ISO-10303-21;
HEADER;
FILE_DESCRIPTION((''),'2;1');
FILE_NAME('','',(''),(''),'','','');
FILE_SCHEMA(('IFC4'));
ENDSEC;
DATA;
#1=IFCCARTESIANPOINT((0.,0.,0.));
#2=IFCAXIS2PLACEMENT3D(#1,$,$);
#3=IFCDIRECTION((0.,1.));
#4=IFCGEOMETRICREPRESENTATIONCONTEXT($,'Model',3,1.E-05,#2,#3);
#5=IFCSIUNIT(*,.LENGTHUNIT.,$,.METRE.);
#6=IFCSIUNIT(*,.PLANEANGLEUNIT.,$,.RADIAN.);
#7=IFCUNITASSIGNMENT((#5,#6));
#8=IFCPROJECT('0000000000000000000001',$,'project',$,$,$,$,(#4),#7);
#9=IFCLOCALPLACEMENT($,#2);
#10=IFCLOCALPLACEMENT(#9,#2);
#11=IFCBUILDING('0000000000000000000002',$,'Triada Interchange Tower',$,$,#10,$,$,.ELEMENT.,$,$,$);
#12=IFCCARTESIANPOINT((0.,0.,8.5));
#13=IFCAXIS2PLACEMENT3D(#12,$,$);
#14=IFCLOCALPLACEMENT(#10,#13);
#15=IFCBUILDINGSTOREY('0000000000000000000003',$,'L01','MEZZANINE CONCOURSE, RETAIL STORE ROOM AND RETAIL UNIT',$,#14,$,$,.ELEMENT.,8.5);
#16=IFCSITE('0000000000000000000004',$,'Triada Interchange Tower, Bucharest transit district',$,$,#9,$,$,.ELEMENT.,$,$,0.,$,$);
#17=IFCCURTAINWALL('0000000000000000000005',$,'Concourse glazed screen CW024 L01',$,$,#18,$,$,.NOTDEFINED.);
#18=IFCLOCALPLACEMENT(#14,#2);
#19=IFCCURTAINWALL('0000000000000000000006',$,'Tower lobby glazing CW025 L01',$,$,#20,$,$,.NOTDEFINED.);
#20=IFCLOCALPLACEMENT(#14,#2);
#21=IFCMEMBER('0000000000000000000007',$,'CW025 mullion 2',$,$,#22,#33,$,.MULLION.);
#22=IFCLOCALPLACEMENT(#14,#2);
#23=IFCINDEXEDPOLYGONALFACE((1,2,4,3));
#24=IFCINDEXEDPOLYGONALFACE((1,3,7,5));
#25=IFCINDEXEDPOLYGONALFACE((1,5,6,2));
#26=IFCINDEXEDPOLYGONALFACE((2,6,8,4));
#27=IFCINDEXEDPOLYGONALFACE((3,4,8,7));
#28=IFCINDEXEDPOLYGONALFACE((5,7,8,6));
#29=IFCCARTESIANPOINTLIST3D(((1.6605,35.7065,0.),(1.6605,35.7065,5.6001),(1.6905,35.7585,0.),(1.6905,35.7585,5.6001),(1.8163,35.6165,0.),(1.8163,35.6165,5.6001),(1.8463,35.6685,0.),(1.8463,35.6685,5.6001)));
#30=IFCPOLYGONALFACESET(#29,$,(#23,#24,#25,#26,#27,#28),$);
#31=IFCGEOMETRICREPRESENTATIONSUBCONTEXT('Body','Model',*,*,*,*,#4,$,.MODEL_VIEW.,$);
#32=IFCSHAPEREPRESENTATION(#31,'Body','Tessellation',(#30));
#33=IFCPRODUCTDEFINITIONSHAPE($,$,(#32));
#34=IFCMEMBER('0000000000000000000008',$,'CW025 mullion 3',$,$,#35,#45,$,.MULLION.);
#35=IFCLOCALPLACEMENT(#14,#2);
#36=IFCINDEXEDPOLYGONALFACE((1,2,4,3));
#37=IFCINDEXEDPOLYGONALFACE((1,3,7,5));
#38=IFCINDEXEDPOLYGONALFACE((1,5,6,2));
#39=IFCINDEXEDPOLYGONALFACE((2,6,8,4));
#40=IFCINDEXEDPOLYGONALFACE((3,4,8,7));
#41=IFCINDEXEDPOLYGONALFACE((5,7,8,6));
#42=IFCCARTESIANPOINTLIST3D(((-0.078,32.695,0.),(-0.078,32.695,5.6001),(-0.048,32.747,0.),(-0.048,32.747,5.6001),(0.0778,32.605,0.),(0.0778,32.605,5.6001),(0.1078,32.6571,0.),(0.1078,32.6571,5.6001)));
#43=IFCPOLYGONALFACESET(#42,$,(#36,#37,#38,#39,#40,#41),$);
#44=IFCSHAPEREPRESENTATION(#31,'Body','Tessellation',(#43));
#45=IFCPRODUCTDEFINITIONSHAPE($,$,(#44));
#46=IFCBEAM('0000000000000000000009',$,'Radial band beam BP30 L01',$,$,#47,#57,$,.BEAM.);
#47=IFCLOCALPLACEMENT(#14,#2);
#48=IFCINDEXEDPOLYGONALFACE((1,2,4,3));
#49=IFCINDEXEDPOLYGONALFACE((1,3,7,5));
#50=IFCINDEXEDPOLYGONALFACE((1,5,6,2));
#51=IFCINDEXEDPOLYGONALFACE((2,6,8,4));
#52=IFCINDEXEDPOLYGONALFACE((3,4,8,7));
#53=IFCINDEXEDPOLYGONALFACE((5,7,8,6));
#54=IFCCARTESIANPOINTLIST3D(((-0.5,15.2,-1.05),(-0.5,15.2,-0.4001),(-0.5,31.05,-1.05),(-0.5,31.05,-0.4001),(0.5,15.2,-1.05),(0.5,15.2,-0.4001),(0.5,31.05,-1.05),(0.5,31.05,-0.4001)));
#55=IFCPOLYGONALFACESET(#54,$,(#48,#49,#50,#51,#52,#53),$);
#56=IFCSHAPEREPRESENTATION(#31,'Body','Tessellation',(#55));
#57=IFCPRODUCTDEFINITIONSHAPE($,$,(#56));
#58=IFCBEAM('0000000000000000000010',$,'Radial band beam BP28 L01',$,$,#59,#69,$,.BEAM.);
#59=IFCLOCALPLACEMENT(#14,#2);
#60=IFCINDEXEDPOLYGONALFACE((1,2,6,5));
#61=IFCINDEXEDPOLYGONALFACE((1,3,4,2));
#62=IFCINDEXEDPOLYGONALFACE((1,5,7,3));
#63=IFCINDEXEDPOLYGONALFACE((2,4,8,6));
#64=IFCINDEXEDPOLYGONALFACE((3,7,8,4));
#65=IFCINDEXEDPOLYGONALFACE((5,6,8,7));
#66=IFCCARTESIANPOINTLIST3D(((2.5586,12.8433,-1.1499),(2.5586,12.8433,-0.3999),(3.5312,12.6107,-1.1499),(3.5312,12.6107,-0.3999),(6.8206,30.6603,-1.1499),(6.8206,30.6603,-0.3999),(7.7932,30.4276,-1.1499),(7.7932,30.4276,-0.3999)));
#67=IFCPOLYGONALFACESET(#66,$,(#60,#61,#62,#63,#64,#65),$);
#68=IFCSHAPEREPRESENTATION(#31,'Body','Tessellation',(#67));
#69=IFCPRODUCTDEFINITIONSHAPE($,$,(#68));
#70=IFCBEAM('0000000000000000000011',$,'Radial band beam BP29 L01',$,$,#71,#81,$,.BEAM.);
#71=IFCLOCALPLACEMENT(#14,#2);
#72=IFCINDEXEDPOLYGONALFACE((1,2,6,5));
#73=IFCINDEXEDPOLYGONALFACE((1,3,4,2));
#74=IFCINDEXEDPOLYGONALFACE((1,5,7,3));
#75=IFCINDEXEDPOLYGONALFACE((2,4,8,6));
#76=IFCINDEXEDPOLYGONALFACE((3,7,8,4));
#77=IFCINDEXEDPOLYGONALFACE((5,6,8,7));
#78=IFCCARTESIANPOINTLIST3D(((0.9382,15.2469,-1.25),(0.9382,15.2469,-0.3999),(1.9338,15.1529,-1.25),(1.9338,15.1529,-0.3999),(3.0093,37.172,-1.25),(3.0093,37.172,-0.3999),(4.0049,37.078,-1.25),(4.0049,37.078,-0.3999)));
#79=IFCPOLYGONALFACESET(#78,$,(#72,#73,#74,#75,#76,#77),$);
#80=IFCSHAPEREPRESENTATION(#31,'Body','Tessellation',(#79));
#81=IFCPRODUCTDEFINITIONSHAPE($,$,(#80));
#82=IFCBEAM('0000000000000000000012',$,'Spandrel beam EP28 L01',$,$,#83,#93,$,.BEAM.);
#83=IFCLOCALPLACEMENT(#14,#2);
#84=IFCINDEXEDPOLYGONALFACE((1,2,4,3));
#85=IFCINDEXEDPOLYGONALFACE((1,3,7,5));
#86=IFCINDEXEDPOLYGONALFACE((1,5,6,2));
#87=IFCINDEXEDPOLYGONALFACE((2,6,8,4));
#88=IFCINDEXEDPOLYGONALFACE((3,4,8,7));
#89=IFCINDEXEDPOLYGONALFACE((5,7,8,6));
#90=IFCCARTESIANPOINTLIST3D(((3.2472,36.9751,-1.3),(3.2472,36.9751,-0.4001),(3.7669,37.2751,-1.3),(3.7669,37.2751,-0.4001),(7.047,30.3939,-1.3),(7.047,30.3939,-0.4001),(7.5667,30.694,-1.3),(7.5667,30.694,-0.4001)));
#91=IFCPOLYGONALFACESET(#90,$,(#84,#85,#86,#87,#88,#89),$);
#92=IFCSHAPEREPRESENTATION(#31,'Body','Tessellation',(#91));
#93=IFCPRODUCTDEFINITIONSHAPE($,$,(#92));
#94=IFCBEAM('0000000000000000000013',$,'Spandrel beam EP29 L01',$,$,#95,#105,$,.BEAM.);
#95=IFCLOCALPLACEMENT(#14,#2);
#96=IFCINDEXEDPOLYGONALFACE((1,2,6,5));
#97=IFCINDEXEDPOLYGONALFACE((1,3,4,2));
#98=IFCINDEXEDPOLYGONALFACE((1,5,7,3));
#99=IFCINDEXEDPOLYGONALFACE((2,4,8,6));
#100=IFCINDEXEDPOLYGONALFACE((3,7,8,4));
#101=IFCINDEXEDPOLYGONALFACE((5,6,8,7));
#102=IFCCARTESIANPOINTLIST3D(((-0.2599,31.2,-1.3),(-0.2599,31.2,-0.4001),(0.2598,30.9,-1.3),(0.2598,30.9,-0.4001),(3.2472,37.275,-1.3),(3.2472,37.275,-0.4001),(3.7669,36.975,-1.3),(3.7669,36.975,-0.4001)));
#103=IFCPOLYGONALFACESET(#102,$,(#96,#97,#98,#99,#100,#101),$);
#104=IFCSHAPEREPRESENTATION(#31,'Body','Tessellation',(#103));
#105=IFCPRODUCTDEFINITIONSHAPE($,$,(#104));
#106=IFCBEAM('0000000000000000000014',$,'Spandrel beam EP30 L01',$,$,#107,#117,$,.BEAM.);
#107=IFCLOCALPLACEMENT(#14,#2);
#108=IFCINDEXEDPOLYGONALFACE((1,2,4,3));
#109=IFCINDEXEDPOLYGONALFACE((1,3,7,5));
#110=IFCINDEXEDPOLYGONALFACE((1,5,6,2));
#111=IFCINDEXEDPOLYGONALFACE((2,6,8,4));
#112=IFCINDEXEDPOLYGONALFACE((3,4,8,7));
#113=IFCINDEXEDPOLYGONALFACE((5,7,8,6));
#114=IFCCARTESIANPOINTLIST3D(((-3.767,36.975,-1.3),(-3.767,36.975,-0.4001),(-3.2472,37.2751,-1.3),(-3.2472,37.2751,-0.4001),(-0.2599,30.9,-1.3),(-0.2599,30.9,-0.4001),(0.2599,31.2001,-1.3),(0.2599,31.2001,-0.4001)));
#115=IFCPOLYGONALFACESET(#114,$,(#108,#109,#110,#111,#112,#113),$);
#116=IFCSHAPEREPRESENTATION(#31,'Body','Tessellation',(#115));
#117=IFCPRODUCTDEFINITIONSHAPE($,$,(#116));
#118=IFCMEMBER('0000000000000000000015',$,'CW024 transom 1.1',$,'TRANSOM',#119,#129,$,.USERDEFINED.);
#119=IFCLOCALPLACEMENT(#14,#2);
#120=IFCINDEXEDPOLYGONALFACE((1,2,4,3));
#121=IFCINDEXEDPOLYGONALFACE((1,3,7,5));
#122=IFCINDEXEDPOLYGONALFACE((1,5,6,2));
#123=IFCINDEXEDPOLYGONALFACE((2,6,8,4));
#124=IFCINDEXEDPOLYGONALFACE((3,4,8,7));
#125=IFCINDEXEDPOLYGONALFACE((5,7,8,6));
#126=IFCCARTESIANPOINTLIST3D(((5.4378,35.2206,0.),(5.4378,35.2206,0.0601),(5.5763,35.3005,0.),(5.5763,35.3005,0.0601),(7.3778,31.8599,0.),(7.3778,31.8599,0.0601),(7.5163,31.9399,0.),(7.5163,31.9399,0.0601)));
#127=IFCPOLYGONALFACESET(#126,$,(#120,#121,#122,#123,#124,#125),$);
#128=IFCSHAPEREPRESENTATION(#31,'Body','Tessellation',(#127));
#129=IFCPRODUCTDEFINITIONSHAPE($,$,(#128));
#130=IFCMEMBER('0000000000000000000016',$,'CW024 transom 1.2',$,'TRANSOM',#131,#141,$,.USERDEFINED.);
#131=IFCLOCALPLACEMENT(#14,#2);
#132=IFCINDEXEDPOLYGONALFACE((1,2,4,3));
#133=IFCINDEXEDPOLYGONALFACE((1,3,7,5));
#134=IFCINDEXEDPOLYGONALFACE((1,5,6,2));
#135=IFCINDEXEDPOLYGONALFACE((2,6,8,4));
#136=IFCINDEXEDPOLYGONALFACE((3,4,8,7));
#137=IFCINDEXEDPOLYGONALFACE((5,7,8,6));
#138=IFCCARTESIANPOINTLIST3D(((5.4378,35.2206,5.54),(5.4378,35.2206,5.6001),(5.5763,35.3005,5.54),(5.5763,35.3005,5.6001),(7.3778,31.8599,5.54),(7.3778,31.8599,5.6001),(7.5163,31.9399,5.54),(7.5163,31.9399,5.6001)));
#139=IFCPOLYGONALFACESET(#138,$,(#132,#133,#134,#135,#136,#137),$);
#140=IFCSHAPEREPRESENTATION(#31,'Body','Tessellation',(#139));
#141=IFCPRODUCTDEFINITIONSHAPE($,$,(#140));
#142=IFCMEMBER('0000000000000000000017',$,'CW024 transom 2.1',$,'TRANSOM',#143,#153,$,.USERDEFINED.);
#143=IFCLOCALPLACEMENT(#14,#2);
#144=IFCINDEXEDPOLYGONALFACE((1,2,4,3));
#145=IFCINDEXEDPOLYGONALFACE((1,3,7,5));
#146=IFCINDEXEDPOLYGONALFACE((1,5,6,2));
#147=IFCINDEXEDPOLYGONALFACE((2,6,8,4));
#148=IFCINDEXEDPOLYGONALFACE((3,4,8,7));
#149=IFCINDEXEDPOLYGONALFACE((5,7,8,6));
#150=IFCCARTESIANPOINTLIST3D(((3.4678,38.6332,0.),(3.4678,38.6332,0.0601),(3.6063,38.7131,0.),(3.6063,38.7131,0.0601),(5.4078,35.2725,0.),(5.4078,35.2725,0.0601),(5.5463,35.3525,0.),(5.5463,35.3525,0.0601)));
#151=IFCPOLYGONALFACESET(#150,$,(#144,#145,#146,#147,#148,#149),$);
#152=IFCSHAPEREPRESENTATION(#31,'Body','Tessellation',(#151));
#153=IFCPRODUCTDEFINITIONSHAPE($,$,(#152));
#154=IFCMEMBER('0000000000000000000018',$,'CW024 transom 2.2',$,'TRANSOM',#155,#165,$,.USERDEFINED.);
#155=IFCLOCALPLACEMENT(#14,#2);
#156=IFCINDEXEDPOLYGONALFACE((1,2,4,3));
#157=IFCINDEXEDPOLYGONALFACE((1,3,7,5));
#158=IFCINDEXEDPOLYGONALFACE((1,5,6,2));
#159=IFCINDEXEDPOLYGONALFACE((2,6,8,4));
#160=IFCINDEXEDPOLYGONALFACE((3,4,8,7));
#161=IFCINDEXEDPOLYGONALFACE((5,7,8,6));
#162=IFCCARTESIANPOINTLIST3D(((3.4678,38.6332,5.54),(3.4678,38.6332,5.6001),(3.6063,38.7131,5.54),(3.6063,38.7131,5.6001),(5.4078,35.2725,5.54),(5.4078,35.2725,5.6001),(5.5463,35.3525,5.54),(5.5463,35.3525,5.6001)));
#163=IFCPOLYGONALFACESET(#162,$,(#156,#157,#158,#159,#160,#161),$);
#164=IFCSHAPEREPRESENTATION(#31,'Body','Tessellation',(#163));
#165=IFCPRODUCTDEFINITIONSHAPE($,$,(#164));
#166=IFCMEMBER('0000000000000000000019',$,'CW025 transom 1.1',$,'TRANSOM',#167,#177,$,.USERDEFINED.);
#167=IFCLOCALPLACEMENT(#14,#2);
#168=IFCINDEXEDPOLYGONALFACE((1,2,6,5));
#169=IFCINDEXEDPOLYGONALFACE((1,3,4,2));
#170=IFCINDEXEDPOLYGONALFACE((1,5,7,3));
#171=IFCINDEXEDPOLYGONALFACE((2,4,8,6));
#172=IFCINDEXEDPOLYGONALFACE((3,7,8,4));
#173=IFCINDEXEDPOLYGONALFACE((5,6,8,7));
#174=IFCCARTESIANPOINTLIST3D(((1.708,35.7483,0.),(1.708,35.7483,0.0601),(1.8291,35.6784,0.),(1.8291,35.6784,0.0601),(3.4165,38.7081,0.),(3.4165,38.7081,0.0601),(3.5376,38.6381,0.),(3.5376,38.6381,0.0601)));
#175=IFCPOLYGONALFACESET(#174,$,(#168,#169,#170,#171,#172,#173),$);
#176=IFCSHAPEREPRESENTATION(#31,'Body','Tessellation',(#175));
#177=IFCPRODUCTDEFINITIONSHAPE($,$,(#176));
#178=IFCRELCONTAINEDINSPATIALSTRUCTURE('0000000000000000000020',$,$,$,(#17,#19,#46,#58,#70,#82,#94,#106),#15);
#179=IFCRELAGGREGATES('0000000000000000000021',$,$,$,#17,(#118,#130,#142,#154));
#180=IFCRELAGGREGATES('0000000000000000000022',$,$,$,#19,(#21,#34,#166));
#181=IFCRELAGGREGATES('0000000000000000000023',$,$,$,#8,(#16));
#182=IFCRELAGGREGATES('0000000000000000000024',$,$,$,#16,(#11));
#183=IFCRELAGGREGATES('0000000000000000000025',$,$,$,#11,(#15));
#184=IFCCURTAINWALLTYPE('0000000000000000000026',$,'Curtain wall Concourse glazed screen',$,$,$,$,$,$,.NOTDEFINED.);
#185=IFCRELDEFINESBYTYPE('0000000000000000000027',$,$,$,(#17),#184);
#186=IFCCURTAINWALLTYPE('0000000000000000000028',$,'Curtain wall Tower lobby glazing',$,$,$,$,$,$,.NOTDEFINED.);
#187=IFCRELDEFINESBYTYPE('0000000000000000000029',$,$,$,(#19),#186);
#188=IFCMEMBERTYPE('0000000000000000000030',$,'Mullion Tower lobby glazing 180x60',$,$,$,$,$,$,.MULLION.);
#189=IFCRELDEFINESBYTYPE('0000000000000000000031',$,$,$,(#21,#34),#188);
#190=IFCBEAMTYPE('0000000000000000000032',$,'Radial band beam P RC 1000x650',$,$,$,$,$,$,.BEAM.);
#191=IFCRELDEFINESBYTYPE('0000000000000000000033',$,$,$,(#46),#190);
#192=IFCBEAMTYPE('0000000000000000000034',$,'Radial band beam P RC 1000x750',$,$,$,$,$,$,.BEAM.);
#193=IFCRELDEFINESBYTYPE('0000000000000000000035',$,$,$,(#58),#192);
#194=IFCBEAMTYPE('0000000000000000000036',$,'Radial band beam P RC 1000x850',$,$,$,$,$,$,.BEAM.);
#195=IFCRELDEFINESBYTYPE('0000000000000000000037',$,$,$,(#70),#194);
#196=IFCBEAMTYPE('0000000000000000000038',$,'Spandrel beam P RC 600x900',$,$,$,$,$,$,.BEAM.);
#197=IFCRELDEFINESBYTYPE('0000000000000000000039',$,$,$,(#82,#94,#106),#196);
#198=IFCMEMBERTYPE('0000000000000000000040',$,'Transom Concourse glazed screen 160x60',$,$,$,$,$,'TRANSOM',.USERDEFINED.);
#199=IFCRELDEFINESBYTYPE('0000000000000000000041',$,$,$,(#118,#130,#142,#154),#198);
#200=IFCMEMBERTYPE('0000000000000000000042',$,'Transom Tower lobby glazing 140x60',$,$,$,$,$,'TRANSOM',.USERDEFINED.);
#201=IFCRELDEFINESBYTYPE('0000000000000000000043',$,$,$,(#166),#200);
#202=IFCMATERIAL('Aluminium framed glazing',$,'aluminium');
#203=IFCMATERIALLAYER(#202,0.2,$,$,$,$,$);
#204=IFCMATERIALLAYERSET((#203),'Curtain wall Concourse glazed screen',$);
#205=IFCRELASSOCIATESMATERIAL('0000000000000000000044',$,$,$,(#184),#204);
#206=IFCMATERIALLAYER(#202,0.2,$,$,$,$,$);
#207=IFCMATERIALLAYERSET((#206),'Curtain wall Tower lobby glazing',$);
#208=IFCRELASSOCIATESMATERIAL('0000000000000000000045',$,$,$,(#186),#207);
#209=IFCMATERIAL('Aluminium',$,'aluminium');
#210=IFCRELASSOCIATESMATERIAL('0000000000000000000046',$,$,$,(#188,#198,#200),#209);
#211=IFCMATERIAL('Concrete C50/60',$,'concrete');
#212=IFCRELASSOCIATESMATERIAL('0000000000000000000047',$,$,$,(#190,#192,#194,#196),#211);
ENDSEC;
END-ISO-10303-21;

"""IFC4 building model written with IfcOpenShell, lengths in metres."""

from ifc_helpers import new_model, si_unit, direction, frame, origin, origin_2d, place, context, subcontext, project, spatial, rectangle, extrude, material, layer, layer_set, material_profile, profile_set, type_object, element, aggregate, save


model = new_model("IFC4")

# Units and contexts
model_context = context("Model", 3, precision=1e-05, world=origin(), true_north=direction((0.0, 1.0)))
body_context = subcontext(model_context, "Body", "Model", "MODEL_VIEW")
ifc_project = project(units=[si_unit("LENGTHUNIT", "METRE"), si_unit("PLANEANGLEUNIT", "RADIAN")], contexts=[model_context])

# Site, building, storey
site_placement = place(None, origin())
site = spatial("IfcSite", under=ifc_project, at=site_placement, Name="Triada Interchange Tower, Bucharest transit district", CompositionType="ELEMENT", RefElevation=0.0)
building_placement = place(site_placement, origin())
building = spatial("IfcBuilding", under=site, at=building_placement, Name="Triada Interchange Tower", CompositionType="ELEMENT")
storey_placement = place(building_placement, frame((0.0, 0.0, 8.5)))
storey = spatial("IfcBuildingStorey", under=building, at=storey_placement, Name="L01", Description="MEZZANINE CONCOURSE, RETAIL STORE ROOM AND RETAIL UNIT", CompositionType="ELEMENT", Elevation=8.5)

# Shared definitions
ifc_material_1 = material(Name="Aluminium framed glazing", Category="aluminium")
ifc_layer_1 = layer(ifc_material_1, 0.2)
ifc_layer_set_1 = layer_set([ifc_layer_1], Name="Curtain wall Concourse glazed screen")
curtain_wall_type_1 = type_object("IfcCurtainWallType", Name="Curtain wall Concourse glazed screen", PredefinedType="NOTDEFINED", material=ifc_layer_set_1)
ifc_material_2 = material(Name="Aluminium", Category="aluminium")

# Curtain walls, members
curtain_wall_1_placement = place(storey_placement, origin())
curtain_wall_1 = element("IfcCurtainWall", 1, at=curtain_wall_1_placement, inside=storey, type_object=curtain_wall_type_1, Name="Concourse glazed screen CW024 L01", PredefinedType="NOTDEFINED")
ifc_layer_2 = layer(ifc_material_1, 0.2)
ifc_layer_set_2 = layer_set([ifc_layer_2], Name="Curtain wall Tower lobby glazing")
curtain_wall_type_2 = type_object("IfcCurtainWallType", Name="Curtain wall Tower lobby glazing", PredefinedType="NOTDEFINED", material=ifc_layer_set_2)
curtain_wall_2_placement = place(storey_placement, origin())
curtain_wall_2 = element("IfcCurtainWall", 2, at=curtain_wall_2_placement, inside=storey, type_object=curtain_wall_type_2, Name="Tower lobby glazing CW025 L01", PredefinedType="NOTDEFINED")
ifc_material_profile_1 = material_profile(ifc_material_2, rectangle(XDim=0.1799, YDim=0.0601, at=origin_2d()), Name="Aluminium mullion")
ifc_profile_set_1 = profile_set([ifc_material_profile_1], Name="Aluminium")
member_type_1 = type_object("IfcMemberType", Name="Mullion Tower lobby glazing 180x60", PredefinedType="MULLION", material=ifc_profile_set_1)
member_1_placement = place(storey_placement, frame((1.7534, 35.6875, 0.0), z_axis=(0.0, 0.0, 1.0), x_axis=(0.86605, -0.499957, 0.0)))
member_1 = element("IfcMember", 3, at=member_1_placement, type_object=member_type_1, Name="CW025 mullion 2", PredefinedType="MULLION", context=body_context, shape_type="SweptSolid", body=[
    extrude(rectangle(XDim=0.1799, YDim=0.0601, at=origin_2d()), origin(), (0.0, 0.0, 1.0), 5.6001),
])
member_2_placement = place(storey_placement, frame((0.0149, 32.676, 0.0), z_axis=(0.0, 0.0, 1.0), x_axis=(0.86605, -0.499957, 0.0)))
member_2 = element("IfcMember", 4, at=member_2_placement, type_object=member_type_1, Name="CW025 mullion 3", PredefinedType="MULLION", context=body_context, shape_type="SweptSolid", body=[
    extrude(rectangle(XDim=0.1799, YDim=0.0601, at=origin_2d()), origin(), (0.0, 0.0, 1.0), 5.6001),
])

# Beams
ifc_material_3 = material(Name="Concrete C50/60", Category="concrete")
ifc_material_profile_2 = material_profile(ifc_material_3, rectangle(XDim=1.0, YDim=0.6499, at=origin_2d()), Name="RC 1000x650")
ifc_profile_set_2 = profile_set([ifc_material_profile_2], Name="Concrete C50/60")
beam_type_1 = type_object("IfcBeamType", Name="Radial band beam P RC 1000x650", PredefinedType="BEAM", material=ifc_profile_set_2)
beam_1_placement = place(storey_placement, frame((0.0, 31.05, -0.7251), z_axis=(0.0, -1.0, 0.0), x_axis=(1.0, 0.0, 0.0)))
element("IfcBeam", 5, at=beam_1_placement, inside=storey, type_object=beam_type_1, Name="Radial band beam BP30 L01", PredefinedType="BEAM", context=body_context, shape_type="SweptSolid", body=[
    extrude(rectangle(XDim=1.0, YDim=0.6499, at=origin_2d()), origin(), (0.0, 0.0, 1.0), 15.8501),
])
ifc_material_profile_3 = material_profile(ifc_material_3, rectangle(XDim=1.0, YDim=0.75, at=origin_2d()), Name="RC 1000x750")
ifc_profile_set_3 = profile_set([ifc_material_profile_3], Name="Concrete C50/60")
beam_type_2 = type_object("IfcBeamType", Name="Radial band beam P RC 1000x750", PredefinedType="BEAM", material=ifc_profile_set_3)
beam_2_placement = place(storey_placement, frame((7.3069, 30.5439, -0.7749), z_axis=(-0.232646, -0.972562, 0.0), x_axis=(0.972562, -0.232646, 0.0)))
element("IfcBeam", 6, at=beam_2_placement, inside=storey, type_object=beam_type_2, Name="Radial band beam BP28 L01", PredefinedType="BEAM", context=body_context, shape_type="SweptSolid", body=[
    extrude(rectangle(XDim=1.0, YDim=0.75, at=origin_2d()), origin(), (0.0, 0.0, 1.0), 18.3196),
])
ifc_material_profile_4 = material_profile(ifc_material_3, rectangle(XDim=1.0, YDim=0.8501, at=origin_2d()), Name="RC 1000x850")
ifc_profile_set_4 = profile_set([ifc_material_profile_4], Name="Concrete C50/60")
beam_type_3 = type_object("IfcBeamType", Name="Radial band beam P RC 1000x850", PredefinedType="BEAM", material=ifc_profile_set_4)
beam_3_placement = place(storey_placement, frame((3.5071, 37.125, -0.825), z_axis=(-0.094042, -0.995568, 0.0), x_axis=(0.995568, -0.094042, 0.0)))
element("IfcBeam", 7, at=beam_3_placement, inside=storey, type_object=beam_type_3, Name="Radial band beam BP29 L01", PredefinedType="BEAM", context=body_context, shape_type="SweptSolid", body=[
    extrude(rectangle(XDim=1.0, YDim=0.8501, at=origin_2d()), origin(), (0.0, 0.0, 1.0), 22.0227),
])
ifc_material_profile_5 = material_profile(ifc_material_3, rectangle(XDim=0.6001, YDim=0.8999, at=origin_2d()), Name="RC 600x900")
ifc_profile_set_5 = profile_set([ifc_material_profile_5], Name="Concrete C50/60")
beam_type_4 = type_object("IfcBeamType", Name="Spandrel beam P RC 600x900", PredefinedType="BEAM", material=ifc_profile_set_5)
beam_4_placement = place(storey_placement, frame((7.3069, 30.5439, -0.8501), z_axis=(-0.500023, 0.866012, 0.0), x_axis=(-0.866012, -0.500023, 0.0)))
element("IfcBeam", 8, at=beam_4_placement, inside=storey, type_object=beam_type_4, Name="Spandrel beam EP28 L01", PredefinedType="BEAM", context=body_context, shape_type="SweptSolid", body=[
    extrude(rectangle(XDim=0.6001, YDim=0.8999, at=origin_2d()), origin(), (0.0, 0.0, 1.0), 7.5994),
])
for number, where, z_axis, x_axis, name in (
    (9, (3.5071, 37.125, -0.8501), (-0.499968, -0.866044, 0.0), (0.866044, -0.499968, 0.0), "Spandrel beam EP29 L01"),
    (10, (0.0, 31.05, -0.8501), (-0.499968, 0.866044, 0.0), (-0.866044, -0.499968, 0.0), "Spandrel beam EP30 L01"),
):
    element("IfcBeam", number, at=place(storey_placement, frame(where, z_axis=z_axis, x_axis=x_axis)), inside=storey, type_object=beam_type_4, Name=name, PredefinedType="BEAM", context=body_context, shape_type="SweptSolid", body=[
        extrude(rectangle(XDim=0.6001, YDim=0.8999, at=origin_2d()), origin(), (0.0, 0.0, 1.0), 7.0146),
    ])

# Members
ifc_material_profile_6 = material_profile(ifc_material_2, rectangle(XDim=0.1599, YDim=0.0601, at=origin_2d()), Name="Aluminium transom")
ifc_profile_set_6 = profile_set([ifc_material_profile_6], Name="Aluminium")
member_type_2 = type_object("IfcMemberType", Name="Transom Concourse glazed screen 160x60", ElementType="TRANSOM", PredefinedType="USERDEFINED", material=ifc_profile_set_6)
member_3_placement = place(storey_placement, frame((7.447, 31.8999, 0.03), z_axis=(-0.499942, 0.866059, 0.0), x_axis=(-0.866059, -0.499942, 0.0)))
member_3 = element("IfcMember", 11, at=member_3_placement, type_object=member_type_2, Name="CW024 transom 1.1", ObjectType="TRANSOM", PredefinedType="USERDEFINED", context=body_context, shape_type="SweptSolid", body=[
    extrude(rectangle(XDim=0.1599, YDim=0.0601, at=origin_2d()), origin(), (0.0, 0.0, 1.0), 3.8804),
])
member_4_placement = place(storey_placement, frame((7.447, 31.8999, 5.5701), z_axis=(-0.499942, 0.866059, 0.0), x_axis=(-0.866059, -0.499942, 0.0)))
member_4 = element("IfcMember", 12, at=member_4_placement, type_object=member_type_2, Name="CW024 transom 1.2", ObjectType="TRANSOM", PredefinedType="USERDEFINED", context=body_context, shape_type="SweptSolid", body=[
    extrude(rectangle(XDim=0.1599, YDim=0.0601, at=origin_2d()), origin(), (0.0, 0.0, 1.0), 3.8804),
])
member_5_placement = place(storey_placement, frame((5.4771, 35.3125, 0.03), z_axis=(-0.499942, 0.866059, 0.0), x_axis=(-0.866059, -0.499942, 0.0)))
member_5 = element("IfcMember", 13, at=member_5_placement, type_object=member_type_2, Name="CW024 transom 2.1", ObjectType="TRANSOM", PredefinedType="USERDEFINED", context=body_context, shape_type="SweptSolid", body=[
    extrude(rectangle(XDim=0.1599, YDim=0.0601, at=origin_2d()), origin(), (0.0, 0.0, 1.0), 3.8804),
])
member_6_placement = place(storey_placement, frame((5.4771, 35.3125, 5.5701), z_axis=(-0.499942, 0.866059, 0.0), x_axis=(-0.866059, -0.499942, 0.0)))
member_6 = element("IfcMember", 14, at=member_6_placement, type_object=member_type_2, Name="CW024 transom 2.2", ObjectType="TRANSOM", PredefinedType="USERDEFINED", context=body_context, shape_type="SweptSolid", body=[
    extrude(rectangle(XDim=0.1599, YDim=0.0601, at=origin_2d()), origin(), (0.0, 0.0, 1.0), 3.8804),
])
ifc_material_profile_7 = material_profile(ifc_material_2, rectangle(XDim=0.1399, YDim=0.0601, at=origin_2d()), Name="Aluminium transom")
ifc_profile_set_7 = profile_set([ifc_material_profile_7], Name="Aluminium")
member_type_3 = type_object("IfcMemberType", Name="Transom Tower lobby glazing 140x60", ElementType="TRANSOM", PredefinedType="USERDEFINED", material=ifc_profile_set_7)
member_7_placement = place(storey_placement, frame((3.4771, 38.6731, 0.03), z_axis=(-0.499935, -0.866063, 0.0), x_axis=(0.866063, -0.499935, 0.0)))
member_7 = element("IfcMember", 15, at=member_7_placement, type_object=member_type_3, Name="CW025 transom 1.1", ObjectType="TRANSOM", PredefinedType="USERDEFINED", context=body_context, shape_type="SweptSolid", body=[
    extrude(rectangle(XDim=0.1399, YDim=0.0601, at=origin_2d()), origin(), (0.0, 0.0, 1.0), 3.4175),
])

aggregate(curtain_wall_1, [member_3, member_4, member_5, member_6])
aggregate(curtain_wall_2, [member_1, member_2, member_7])

save(model, "model.ifc")
